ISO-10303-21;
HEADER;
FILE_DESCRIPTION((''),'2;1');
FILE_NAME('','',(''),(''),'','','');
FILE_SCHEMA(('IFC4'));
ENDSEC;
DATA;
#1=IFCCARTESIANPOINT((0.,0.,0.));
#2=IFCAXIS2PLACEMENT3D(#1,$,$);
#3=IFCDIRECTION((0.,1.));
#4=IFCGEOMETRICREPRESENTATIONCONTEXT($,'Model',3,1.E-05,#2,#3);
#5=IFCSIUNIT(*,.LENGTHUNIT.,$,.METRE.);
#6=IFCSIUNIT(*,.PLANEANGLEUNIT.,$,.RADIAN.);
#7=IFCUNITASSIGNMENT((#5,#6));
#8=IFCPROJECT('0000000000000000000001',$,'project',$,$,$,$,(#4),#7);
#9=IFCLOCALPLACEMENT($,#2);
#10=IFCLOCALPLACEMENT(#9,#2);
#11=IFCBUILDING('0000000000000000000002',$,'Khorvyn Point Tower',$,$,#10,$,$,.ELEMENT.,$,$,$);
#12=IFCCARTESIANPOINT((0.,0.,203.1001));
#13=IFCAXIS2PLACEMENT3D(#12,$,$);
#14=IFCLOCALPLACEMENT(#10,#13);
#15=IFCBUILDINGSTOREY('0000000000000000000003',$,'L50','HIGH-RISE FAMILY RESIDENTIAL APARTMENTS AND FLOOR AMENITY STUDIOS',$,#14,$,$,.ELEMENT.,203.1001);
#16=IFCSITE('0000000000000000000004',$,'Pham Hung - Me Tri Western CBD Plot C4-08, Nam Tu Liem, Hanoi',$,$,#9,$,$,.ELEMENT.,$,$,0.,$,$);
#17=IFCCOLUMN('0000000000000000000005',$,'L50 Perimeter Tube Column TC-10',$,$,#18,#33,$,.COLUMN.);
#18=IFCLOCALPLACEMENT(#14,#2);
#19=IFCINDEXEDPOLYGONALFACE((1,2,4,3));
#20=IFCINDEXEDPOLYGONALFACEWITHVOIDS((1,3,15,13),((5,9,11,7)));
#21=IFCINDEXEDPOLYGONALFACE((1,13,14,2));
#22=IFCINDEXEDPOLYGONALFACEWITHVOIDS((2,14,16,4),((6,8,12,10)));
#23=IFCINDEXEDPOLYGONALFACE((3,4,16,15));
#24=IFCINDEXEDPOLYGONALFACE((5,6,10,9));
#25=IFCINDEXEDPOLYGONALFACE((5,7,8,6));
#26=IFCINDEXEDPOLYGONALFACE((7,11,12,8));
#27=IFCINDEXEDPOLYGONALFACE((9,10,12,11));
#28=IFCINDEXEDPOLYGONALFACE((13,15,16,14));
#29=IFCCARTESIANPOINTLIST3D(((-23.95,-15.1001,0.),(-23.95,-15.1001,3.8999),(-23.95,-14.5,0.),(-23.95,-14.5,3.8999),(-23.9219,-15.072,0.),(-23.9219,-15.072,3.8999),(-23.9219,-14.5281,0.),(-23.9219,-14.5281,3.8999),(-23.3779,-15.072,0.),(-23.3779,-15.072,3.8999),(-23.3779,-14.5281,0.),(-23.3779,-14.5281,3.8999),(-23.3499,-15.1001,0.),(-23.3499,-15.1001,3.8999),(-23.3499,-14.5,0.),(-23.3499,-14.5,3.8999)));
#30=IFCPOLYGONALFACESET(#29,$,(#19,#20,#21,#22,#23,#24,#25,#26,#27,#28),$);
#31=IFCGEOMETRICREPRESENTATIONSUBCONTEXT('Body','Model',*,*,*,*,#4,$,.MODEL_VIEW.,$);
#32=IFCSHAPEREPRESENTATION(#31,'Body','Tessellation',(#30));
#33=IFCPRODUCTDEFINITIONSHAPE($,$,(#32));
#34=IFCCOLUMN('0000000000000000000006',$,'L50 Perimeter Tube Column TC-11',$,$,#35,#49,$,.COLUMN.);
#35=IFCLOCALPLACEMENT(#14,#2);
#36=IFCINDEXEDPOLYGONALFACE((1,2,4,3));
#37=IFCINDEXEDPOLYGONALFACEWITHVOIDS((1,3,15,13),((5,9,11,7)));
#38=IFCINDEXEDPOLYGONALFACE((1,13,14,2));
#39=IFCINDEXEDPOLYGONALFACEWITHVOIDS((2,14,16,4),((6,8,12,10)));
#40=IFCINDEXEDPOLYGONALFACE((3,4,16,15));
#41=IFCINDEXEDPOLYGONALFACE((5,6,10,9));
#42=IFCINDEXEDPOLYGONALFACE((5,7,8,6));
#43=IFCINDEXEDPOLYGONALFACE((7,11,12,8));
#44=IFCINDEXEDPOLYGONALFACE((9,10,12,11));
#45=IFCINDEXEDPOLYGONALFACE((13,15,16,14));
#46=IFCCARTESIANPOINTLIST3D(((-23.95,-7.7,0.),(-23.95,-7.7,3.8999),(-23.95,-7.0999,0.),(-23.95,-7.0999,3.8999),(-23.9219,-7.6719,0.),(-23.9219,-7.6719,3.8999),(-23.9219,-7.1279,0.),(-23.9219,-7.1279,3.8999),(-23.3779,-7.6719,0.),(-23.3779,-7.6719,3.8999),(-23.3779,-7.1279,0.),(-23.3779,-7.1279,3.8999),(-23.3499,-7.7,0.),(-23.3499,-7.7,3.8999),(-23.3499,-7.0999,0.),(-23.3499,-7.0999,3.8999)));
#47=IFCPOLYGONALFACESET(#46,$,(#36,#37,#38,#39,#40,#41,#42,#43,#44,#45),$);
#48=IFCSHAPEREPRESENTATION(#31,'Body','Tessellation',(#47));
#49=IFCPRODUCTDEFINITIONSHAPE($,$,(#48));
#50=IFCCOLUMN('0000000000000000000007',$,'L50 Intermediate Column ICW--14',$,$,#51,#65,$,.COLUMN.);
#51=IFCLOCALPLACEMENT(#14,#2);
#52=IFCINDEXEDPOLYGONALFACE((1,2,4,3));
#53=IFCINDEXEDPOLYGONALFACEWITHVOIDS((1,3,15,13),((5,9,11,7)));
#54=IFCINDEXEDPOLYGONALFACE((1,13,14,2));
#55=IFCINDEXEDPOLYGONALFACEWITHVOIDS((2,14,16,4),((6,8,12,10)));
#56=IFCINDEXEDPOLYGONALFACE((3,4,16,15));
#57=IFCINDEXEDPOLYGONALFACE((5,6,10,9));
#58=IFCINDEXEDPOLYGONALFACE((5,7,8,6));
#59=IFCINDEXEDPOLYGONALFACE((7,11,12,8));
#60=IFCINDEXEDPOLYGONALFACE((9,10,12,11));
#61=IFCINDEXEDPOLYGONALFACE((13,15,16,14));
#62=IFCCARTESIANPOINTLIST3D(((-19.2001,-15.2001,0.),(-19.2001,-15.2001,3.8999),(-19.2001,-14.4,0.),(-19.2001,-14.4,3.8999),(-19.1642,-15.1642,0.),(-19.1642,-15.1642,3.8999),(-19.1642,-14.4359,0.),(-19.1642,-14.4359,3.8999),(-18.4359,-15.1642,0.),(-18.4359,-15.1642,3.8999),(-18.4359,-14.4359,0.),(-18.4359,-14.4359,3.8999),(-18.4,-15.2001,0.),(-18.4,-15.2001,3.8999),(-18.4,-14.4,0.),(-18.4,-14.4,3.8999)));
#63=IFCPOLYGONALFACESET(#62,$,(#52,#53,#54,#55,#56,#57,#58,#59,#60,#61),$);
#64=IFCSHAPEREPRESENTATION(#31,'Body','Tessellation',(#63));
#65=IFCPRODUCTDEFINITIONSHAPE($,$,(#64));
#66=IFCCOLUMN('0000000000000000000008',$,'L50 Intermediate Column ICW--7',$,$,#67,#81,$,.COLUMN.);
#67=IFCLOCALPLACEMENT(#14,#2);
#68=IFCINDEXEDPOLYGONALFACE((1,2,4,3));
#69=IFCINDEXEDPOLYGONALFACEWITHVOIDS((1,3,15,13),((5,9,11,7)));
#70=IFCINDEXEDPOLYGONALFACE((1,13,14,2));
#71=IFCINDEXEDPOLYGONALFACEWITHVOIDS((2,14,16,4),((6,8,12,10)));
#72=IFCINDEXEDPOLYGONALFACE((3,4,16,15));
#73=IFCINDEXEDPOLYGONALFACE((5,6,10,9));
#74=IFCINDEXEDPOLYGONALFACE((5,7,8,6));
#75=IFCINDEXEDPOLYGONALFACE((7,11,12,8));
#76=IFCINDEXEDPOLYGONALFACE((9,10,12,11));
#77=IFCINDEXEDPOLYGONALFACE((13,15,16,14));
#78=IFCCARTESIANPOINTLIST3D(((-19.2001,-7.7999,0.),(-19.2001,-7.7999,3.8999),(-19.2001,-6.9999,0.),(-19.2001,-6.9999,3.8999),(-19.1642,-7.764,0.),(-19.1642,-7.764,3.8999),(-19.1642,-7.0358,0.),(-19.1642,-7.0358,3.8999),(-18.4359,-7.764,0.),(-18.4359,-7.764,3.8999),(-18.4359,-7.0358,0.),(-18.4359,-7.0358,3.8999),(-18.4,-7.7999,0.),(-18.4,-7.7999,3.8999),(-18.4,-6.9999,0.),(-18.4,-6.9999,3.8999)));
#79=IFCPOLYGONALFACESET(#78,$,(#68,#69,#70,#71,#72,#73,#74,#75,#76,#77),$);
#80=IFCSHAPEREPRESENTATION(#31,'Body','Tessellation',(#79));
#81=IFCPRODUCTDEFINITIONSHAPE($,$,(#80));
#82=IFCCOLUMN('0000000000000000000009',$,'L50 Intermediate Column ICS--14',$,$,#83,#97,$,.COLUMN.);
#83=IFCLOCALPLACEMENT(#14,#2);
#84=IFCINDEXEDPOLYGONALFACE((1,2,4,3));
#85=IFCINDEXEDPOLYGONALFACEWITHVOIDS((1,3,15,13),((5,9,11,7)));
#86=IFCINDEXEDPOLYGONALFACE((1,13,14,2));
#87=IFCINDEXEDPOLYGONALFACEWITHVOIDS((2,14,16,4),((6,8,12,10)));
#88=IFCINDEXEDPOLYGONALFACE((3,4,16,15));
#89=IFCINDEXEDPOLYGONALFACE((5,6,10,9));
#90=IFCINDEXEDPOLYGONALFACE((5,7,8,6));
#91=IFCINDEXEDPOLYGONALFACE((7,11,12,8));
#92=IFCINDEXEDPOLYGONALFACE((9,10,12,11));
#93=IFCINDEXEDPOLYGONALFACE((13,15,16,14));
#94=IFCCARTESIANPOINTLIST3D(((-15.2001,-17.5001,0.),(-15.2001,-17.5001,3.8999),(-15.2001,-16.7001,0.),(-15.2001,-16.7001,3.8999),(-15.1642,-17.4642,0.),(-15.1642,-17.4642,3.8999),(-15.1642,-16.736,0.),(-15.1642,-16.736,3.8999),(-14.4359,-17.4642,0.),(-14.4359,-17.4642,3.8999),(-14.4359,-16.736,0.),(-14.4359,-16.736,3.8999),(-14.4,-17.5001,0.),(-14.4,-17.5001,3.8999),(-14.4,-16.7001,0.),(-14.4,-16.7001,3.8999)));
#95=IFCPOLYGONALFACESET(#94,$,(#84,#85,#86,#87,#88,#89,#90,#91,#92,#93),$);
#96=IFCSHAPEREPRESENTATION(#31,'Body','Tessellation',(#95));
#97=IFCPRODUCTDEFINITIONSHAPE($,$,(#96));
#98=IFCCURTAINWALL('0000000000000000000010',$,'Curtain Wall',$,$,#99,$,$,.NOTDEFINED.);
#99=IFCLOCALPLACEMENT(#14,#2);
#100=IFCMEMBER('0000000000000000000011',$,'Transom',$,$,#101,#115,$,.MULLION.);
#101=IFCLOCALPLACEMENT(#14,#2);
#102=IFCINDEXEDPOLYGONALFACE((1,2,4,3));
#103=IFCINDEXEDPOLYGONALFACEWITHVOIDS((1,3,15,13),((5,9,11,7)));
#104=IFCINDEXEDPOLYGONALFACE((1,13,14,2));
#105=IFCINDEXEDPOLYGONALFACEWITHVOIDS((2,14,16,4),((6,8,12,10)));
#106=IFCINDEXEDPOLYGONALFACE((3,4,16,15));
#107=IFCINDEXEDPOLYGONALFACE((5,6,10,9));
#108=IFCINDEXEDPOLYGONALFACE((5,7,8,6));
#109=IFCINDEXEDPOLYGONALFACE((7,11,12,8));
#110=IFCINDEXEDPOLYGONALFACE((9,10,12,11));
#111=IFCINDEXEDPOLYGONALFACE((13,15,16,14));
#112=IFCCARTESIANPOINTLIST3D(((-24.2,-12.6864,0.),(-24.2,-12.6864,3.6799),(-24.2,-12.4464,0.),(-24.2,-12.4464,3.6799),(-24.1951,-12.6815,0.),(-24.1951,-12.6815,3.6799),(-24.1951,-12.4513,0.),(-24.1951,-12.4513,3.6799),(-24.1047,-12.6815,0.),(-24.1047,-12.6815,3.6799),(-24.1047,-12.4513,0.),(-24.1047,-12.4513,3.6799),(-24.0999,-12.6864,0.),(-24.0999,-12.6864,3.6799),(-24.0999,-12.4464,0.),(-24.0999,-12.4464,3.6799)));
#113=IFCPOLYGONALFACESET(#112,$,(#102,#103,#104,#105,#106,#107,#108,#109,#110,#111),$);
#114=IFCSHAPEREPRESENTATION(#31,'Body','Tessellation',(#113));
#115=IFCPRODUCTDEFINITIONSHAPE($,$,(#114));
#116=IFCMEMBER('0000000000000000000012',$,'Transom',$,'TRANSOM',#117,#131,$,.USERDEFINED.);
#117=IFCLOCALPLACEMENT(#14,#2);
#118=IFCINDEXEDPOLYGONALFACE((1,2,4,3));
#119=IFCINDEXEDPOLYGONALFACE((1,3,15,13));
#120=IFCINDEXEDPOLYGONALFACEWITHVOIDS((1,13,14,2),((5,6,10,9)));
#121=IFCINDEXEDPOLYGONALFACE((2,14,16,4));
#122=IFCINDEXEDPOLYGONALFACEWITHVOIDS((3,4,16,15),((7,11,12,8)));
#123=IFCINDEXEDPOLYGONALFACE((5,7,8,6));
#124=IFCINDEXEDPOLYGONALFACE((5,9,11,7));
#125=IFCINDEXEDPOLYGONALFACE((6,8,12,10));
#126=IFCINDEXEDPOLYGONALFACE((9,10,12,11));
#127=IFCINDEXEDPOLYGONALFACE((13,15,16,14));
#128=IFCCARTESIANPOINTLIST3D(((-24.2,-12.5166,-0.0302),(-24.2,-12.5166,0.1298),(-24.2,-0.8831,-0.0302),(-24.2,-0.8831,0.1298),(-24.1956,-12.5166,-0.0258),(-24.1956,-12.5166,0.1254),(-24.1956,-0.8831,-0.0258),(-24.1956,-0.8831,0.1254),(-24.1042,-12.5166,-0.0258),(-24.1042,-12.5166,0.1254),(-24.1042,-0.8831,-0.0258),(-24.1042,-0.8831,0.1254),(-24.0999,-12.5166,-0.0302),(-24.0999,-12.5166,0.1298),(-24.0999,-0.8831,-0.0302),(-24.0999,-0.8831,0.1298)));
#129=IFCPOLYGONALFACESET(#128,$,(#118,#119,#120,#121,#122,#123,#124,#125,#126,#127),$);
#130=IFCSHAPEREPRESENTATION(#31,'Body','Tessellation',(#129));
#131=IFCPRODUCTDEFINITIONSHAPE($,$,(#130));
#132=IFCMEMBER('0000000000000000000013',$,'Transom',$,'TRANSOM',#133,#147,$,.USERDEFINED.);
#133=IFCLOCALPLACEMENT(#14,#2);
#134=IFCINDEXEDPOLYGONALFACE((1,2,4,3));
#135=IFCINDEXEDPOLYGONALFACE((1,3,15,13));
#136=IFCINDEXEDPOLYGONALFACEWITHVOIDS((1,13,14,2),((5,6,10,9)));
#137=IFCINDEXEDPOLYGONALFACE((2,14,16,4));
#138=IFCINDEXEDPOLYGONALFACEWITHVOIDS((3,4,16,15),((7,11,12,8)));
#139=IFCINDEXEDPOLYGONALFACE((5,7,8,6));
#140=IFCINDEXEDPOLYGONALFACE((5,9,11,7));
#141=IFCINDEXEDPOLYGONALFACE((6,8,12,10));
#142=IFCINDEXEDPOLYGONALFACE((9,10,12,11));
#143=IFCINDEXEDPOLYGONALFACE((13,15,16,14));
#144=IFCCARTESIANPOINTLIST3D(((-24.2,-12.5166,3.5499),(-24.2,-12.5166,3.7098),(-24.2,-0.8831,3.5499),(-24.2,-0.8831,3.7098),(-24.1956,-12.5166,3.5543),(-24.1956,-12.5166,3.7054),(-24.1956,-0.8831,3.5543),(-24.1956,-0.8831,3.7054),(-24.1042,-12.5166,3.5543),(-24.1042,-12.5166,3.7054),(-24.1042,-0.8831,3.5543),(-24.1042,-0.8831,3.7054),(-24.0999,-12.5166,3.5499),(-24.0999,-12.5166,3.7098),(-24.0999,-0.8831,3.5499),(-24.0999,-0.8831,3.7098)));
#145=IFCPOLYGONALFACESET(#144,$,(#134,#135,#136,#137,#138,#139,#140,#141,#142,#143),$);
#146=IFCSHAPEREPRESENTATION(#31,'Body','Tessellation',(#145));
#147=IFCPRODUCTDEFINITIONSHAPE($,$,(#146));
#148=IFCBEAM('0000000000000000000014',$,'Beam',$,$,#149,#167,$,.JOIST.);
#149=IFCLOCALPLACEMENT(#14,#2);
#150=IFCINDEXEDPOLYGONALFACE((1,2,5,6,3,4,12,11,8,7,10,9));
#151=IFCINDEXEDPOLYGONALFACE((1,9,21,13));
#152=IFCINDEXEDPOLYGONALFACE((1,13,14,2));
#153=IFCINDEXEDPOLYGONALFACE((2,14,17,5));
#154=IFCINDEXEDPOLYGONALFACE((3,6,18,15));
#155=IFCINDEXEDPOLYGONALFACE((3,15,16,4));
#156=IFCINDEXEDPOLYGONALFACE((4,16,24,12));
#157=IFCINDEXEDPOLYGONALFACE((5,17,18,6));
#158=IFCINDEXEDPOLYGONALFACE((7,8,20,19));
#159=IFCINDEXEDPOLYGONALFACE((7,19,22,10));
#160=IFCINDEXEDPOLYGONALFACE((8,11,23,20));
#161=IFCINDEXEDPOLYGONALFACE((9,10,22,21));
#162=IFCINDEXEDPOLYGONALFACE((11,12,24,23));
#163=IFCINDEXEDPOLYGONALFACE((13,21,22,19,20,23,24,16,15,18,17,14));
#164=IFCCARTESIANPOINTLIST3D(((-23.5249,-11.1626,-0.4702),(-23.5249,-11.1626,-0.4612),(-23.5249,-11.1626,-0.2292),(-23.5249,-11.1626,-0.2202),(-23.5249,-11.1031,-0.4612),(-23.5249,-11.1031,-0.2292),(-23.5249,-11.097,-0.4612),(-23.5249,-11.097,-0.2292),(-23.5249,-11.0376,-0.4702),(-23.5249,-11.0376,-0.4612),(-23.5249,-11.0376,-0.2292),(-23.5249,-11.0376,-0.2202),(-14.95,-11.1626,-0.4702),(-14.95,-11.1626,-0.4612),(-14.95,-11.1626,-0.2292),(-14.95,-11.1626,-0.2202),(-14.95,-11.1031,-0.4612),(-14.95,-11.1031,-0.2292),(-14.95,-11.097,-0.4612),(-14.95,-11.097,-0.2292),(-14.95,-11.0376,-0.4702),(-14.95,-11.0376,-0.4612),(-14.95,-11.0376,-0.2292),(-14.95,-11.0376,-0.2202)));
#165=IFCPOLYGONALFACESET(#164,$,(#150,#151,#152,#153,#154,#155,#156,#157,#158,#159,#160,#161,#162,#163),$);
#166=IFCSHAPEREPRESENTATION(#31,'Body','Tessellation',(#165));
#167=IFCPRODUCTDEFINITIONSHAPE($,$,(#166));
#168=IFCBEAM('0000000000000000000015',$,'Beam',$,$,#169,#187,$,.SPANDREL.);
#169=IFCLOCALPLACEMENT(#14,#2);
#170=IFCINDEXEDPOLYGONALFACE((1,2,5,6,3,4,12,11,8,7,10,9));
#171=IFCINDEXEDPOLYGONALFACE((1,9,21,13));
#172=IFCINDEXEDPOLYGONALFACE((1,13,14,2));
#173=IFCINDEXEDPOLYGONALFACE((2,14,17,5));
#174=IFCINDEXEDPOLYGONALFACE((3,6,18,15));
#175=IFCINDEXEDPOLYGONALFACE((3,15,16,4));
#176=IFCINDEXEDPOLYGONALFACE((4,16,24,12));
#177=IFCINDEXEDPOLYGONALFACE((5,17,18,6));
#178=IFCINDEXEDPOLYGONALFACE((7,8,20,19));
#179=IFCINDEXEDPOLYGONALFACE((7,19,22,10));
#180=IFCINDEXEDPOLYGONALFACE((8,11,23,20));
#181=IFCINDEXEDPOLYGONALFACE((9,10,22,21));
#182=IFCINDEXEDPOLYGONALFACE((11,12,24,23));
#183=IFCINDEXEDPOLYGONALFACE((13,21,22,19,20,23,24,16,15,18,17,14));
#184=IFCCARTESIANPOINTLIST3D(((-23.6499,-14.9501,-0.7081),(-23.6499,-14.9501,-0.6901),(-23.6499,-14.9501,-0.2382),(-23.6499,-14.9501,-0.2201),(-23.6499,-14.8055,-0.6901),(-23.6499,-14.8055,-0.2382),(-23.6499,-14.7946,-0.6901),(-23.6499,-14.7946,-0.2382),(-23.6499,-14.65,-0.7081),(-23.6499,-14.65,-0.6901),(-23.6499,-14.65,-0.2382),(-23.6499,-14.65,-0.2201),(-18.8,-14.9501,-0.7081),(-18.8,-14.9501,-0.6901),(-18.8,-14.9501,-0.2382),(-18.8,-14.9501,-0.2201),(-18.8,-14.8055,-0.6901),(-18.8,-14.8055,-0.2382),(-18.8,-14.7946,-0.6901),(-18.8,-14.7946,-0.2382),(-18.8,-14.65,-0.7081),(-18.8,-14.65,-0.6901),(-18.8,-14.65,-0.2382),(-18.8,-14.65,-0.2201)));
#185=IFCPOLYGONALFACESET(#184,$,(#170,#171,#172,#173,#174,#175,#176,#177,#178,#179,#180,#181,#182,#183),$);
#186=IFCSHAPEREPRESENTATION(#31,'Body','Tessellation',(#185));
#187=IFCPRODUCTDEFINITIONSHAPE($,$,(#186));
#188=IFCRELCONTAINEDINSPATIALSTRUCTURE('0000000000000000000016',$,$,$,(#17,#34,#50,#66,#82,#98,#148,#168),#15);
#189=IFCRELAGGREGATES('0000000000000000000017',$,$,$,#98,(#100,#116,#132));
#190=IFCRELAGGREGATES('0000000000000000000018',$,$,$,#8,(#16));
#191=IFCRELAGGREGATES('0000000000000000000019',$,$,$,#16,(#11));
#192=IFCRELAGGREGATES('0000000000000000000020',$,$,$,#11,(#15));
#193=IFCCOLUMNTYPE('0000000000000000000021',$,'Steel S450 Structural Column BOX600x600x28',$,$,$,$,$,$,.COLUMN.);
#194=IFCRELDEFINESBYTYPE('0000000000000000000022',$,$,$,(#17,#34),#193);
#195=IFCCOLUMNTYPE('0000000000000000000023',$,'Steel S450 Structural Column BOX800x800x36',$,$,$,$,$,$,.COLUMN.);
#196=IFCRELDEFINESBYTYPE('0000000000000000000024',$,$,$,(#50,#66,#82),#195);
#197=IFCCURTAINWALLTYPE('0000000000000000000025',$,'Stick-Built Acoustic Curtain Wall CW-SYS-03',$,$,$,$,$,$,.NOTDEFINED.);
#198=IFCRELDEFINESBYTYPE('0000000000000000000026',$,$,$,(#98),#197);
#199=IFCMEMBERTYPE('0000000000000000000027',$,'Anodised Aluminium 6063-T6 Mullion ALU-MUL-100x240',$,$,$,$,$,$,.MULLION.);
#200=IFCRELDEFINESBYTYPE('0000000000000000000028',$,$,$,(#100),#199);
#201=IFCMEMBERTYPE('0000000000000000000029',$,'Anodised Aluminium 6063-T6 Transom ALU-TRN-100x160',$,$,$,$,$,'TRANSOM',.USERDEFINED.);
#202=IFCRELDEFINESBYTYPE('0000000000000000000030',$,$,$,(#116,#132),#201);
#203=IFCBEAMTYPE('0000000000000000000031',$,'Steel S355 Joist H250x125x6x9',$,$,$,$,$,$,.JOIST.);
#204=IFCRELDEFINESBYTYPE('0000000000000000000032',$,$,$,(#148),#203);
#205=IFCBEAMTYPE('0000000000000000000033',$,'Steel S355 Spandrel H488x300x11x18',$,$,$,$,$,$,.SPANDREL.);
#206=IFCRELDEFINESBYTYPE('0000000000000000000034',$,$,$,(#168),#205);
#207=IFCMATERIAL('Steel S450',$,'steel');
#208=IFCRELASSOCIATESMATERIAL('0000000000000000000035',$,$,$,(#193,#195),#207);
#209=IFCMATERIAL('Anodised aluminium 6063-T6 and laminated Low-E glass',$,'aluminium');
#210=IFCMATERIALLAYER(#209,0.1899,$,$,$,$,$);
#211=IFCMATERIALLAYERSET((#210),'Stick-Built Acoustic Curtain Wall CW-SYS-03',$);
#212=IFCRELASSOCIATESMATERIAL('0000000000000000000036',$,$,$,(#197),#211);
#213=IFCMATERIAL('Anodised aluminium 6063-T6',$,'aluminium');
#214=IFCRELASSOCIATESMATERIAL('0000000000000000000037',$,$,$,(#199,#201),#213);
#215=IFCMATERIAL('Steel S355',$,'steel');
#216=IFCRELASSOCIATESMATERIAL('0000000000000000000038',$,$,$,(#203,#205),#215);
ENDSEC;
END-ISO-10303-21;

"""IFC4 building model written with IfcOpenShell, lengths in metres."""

from ifc_helpers import new_model, si_unit, direction, frame, origin, origin_2d, place, context, subcontext, project, spatial, hollow_rectangle, i_section, extrude, material, layer, layer_set, material_profile, profile_set, type_object, element, aggregate, save


model = new_model("IFC4")

# Units and contexts
model_context = context("Model", 3, precision=1e-05, world=origin(), true_north=direction((0.0, 1.0)))
body_context = subcontext(model_context, "Body", "Model", "MODEL_VIEW")
ifc_project = project(units=[si_unit("LENGTHUNIT", "METRE"), si_unit("PLANEANGLEUNIT", "RADIAN")], contexts=[model_context])

# Site, building, storey
site_placement = place(None, origin())
site = spatial("IfcSite", under=ifc_project, at=site_placement, Name="Pham Hung - Me Tri Western CBD Plot C4-08, Nam Tu Liem, Hanoi", CompositionType="ELEMENT", RefElevation=0.0)
building_placement = place(site_placement, origin())
building = spatial("IfcBuilding", under=site, at=building_placement, Name="Khorvyn Point Tower", CompositionType="ELEMENT")
storey_placement = place(building_placement, frame((0.0, 0.0, 203.1001)))
storey = spatial("IfcBuildingStorey", under=building, at=storey_placement, Name="L50", Description="HIGH-RISE FAMILY RESIDENTIAL APARTMENTS AND FLOOR AMENITY STUDIOS", CompositionType="ELEMENT", Elevation=203.1001)

# Columns
ifc_material_1 = material(Name="Steel S450", Category="steel")
ifc_material_profile_1 = material_profile(ifc_material_1, hollow_rectangle(XDim=0.6001, YDim=0.6001, WallThickness=0.0281, at=origin_2d()))
ifc_profile_set_1 = profile_set([ifc_material_profile_1], Name="Steel S450 BOX600x600x28")
column_type_1 = type_object("IfcColumnType", Name="Steel S450 Structural Column BOX600x600x28", PredefinedType="COLUMN", material=ifc_profile_set_1)
for number, where, z_axis, x_axis, name in (
    (1, (-23.6499, -14.8, 0.0), (0.0, 0.0, 1.0), (1.0, 0.0, 0.0), "L50 Perimeter Tube Column TC-10"),
    (2, (-23.6499, -7.3999, 0.0), (0.0, 0.0, 1.0), (1.0, 0.0, 0.0), "L50 Perimeter Tube Column TC-11"),
):
    element("IfcColumn", number, at=place(storey_placement, frame(where, z_axis=z_axis, x_axis=x_axis)), inside=storey, type_object=column_type_1, Name=name, PredefinedType="COLUMN", context=body_context, shape_type="SweptSolid", body=[
        extrude(hollow_rectangle(XDim=0.6001, YDim=0.6001, WallThickness=0.0281, at=origin_2d()), origin(), (0.0, 0.0, 1.0), 3.8999),
    ])
ifc_material_profile_2 = material_profile(ifc_material_1, hollow_rectangle(XDim=0.8, YDim=0.8, WallThickness=0.0359, at=origin_2d()))
ifc_profile_set_2 = profile_set([ifc_material_profile_2], Name="Steel S450 BOX800x800x36")
column_type_2 = type_object("IfcColumnType", Name="Steel S450 Structural Column BOX800x800x36", PredefinedType="COLUMN", material=ifc_profile_set_2)
for number, where, z_axis, x_axis, name in (
    (3, (-18.8, -14.8, 0.0), (0.0, 0.0, 1.0), (1.0, 0.0, 0.0), "L50 Intermediate Column ICW--14"),
    (4, (-18.8, -7.3999, 0.0), (0.0, 0.0, 1.0), (1.0, 0.0, 0.0), "L50 Intermediate Column ICW--7"),
    (5, (-14.8, -17.1001, 0.0), (0.0, 0.0, 1.0), (1.0, 0.0, 0.0), "L50 Intermediate Column ICS--14"),
):
    element("IfcColumn", number, at=place(storey_placement, frame(where, z_axis=z_axis, x_axis=x_axis)), inside=storey, type_object=column_type_2, Name=name, PredefinedType="COLUMN", context=body_context, shape_type="SweptSolid", body=[
        extrude(hollow_rectangle(XDim=0.8, YDim=0.8, WallThickness=0.0359, at=origin_2d()), origin(), (0.0, 0.0, 1.0), 3.8999),
    ])

# Curtain wall, members
ifc_material_2 = material(Name="Anodised aluminium 6063-T6 and laminated Low-E glass", Category="aluminium")
ifc_layer_1 = layer(ifc_material_2, 0.1899)
ifc_layer_set_1 = layer_set([ifc_layer_1], Name="Stick-Built Acoustic Curtain Wall CW-SYS-03")
curtain_wall_type = type_object("IfcCurtainWallType", Name="Stick-Built Acoustic Curtain Wall CW-SYS-03", PredefinedType="NOTDEFINED", material=ifc_layer_set_1)
curtain_wall_placement = place(storey_placement, origin())
curtain_wall = element("IfcCurtainWall", 6, at=curtain_wall_placement, inside=storey, type_object=curtain_wall_type, Name="Curtain Wall", PredefinedType="NOTDEFINED")
ifc_material_3 = material(Name="Anodised aluminium 6063-T6", Category="aluminium")
ifc_material_profile_3 = material_profile(ifc_material_3, hollow_rectangle(XDim=0.1001, YDim=0.24, WallThickness=0.0049, at=origin_2d()))
ifc_profile_set_3 = profile_set([ifc_material_profile_3], Name="Anodised aluminium 6063-T6 ALU-MUL-100x240")
member_type_1 = type_object("IfcMemberType", Name="Anodised Aluminium 6063-T6 Mullion ALU-MUL-100x240", PredefinedType="MULLION", material=ifc_profile_set_3)
member_1_placement = place(storey_placement, frame((-24.1499, -12.5664, 0.0), z_axis=(0.0, 0.0, 1.0), x_axis=(-1.0, 0.0, 0.0)))
member_1 = element("IfcMember", 7, at=member_1_placement, type_object=member_type_1, Name="Transom", PredefinedType="MULLION", context=body_context, shape_type="SweptSolid", body=[
    extrude(hollow_rectangle(XDim=0.1001, YDim=0.24, WallThickness=0.0049, at=origin_2d()), origin(), (0.0, 0.0, 1.0), 3.6799),
])
ifc_material_profile_4 = material_profile(ifc_material_3, hollow_rectangle(XDim=0.1001, YDim=0.1599, WallThickness=0.0044, at=origin_2d()))
ifc_profile_set_4 = profile_set([ifc_material_profile_4], Name="Anodised aluminium 6063-T6 ALU-TRN-100x160")
member_type_2 = type_object("IfcMemberType", Name="Anodised Aluminium 6063-T6 Transom ALU-TRN-100x160", ElementType="TRANSOM", PredefinedType="USERDEFINED", material=ifc_profile_set_4)
member_2_placement = place(storey_placement, frame((-24.1499, -12.5166, 0.0498), z_axis=(0.0, 1.0, 0.0), x_axis=(-1.0, 0.0, 0.0)))
member_2 = element("IfcMember", 8, at=member_2_placement, type_object=member_type_2, Name="Transom", ObjectType="TRANSOM", PredefinedType="USERDEFINED", context=body_context, shape_type="SweptSolid", body=[
    extrude(hollow_rectangle(XDim=0.1001, YDim=0.1599, WallThickness=0.0044, at=origin_2d()), origin(), (0.0, 0.0, 1.0), 11.6335),
])
member_3_placement = place(storey_placement, frame((-24.1499, -12.5166, 3.6299), z_axis=(0.0, 1.0, 0.0), x_axis=(-1.0, 0.0, 0.0)))
member_3 = element("IfcMember", 9, at=member_3_placement, type_object=member_type_2, Name="Transom", ObjectType="TRANSOM", PredefinedType="USERDEFINED", context=body_context, shape_type="SweptSolid", body=[
    extrude(hollow_rectangle(XDim=0.1001, YDim=0.1599, WallThickness=0.0044, at=origin_2d()), origin(), (0.0, 0.0, 1.0), 11.6335),
])
aggregate(curtain_wall, [member_1, member_2, member_3])

# Beams
ifc_material_4 = material(Name="Steel S355", Category="steel")
ifc_material_profile_5 = material_profile(ifc_material_4, i_section(OverallWidth=0.125, OverallDepth=0.25, WebThickness=0.0061, FlangeThickness=0.009, at=origin_2d()))
ifc_profile_set_5 = profile_set([ifc_material_profile_5], Name="Steel S355 H250x125x6x9")
beam_type_1 = type_object("IfcBeamType", Name="Steel S355 Joist H250x125x6x9", PredefinedType="JOIST", material=ifc_profile_set_5)
beam_1_placement = place(storey_placement, frame((-23.5249, -11.1001, -0.3452), z_axis=(1.0, 0.0, 0.0), x_axis=(0.0, 1.0, 0.0)))
element("IfcBeam", 10, at=beam_1_placement, inside=storey, type_object=beam_type_1, Name="Beam", PredefinedType="JOIST", context=body_context, shape_type="SweptSolid", body=[
    extrude(i_section(OverallWidth=0.125, OverallDepth=0.25, WebThickness=0.0061, FlangeThickness=0.009, at=origin_2d()), origin(), (0.0, 0.0, 1.0), 8.575),
])
ifc_material_profile_6 = material_profile(ifc_material_4, i_section(OverallWidth=0.3, OverallDepth=0.488, WebThickness=0.011, FlangeThickness=0.0181, at=origin_2d()))
ifc_profile_set_6 = profile_set([ifc_material_profile_6], Name="Steel S355 H488x300x11x18")
beam_type_2 = type_object("IfcBeamType", Name="Steel S355 Spandrel H488x300x11x18", PredefinedType="SPANDREL", material=ifc_profile_set_6)
beam_2_placement = place(storey_placement, frame((-23.6499, -14.8, -0.4641), z_axis=(1.0, 0.0, 0.0), x_axis=(0.0, 1.0, 0.0)))
element("IfcBeam", 11, at=beam_2_placement, inside=storey, type_object=beam_type_2, Name="Beam", PredefinedType="SPANDREL", context=body_context, shape_type="SweptSolid", body=[
    extrude(i_section(OverallWidth=0.3, OverallDepth=0.488, WebThickness=0.011, FlangeThickness=0.0181, at=origin_2d()), origin(), (0.0, 0.0, 1.0), 4.8499),
])

save(model, "model.ifc")
